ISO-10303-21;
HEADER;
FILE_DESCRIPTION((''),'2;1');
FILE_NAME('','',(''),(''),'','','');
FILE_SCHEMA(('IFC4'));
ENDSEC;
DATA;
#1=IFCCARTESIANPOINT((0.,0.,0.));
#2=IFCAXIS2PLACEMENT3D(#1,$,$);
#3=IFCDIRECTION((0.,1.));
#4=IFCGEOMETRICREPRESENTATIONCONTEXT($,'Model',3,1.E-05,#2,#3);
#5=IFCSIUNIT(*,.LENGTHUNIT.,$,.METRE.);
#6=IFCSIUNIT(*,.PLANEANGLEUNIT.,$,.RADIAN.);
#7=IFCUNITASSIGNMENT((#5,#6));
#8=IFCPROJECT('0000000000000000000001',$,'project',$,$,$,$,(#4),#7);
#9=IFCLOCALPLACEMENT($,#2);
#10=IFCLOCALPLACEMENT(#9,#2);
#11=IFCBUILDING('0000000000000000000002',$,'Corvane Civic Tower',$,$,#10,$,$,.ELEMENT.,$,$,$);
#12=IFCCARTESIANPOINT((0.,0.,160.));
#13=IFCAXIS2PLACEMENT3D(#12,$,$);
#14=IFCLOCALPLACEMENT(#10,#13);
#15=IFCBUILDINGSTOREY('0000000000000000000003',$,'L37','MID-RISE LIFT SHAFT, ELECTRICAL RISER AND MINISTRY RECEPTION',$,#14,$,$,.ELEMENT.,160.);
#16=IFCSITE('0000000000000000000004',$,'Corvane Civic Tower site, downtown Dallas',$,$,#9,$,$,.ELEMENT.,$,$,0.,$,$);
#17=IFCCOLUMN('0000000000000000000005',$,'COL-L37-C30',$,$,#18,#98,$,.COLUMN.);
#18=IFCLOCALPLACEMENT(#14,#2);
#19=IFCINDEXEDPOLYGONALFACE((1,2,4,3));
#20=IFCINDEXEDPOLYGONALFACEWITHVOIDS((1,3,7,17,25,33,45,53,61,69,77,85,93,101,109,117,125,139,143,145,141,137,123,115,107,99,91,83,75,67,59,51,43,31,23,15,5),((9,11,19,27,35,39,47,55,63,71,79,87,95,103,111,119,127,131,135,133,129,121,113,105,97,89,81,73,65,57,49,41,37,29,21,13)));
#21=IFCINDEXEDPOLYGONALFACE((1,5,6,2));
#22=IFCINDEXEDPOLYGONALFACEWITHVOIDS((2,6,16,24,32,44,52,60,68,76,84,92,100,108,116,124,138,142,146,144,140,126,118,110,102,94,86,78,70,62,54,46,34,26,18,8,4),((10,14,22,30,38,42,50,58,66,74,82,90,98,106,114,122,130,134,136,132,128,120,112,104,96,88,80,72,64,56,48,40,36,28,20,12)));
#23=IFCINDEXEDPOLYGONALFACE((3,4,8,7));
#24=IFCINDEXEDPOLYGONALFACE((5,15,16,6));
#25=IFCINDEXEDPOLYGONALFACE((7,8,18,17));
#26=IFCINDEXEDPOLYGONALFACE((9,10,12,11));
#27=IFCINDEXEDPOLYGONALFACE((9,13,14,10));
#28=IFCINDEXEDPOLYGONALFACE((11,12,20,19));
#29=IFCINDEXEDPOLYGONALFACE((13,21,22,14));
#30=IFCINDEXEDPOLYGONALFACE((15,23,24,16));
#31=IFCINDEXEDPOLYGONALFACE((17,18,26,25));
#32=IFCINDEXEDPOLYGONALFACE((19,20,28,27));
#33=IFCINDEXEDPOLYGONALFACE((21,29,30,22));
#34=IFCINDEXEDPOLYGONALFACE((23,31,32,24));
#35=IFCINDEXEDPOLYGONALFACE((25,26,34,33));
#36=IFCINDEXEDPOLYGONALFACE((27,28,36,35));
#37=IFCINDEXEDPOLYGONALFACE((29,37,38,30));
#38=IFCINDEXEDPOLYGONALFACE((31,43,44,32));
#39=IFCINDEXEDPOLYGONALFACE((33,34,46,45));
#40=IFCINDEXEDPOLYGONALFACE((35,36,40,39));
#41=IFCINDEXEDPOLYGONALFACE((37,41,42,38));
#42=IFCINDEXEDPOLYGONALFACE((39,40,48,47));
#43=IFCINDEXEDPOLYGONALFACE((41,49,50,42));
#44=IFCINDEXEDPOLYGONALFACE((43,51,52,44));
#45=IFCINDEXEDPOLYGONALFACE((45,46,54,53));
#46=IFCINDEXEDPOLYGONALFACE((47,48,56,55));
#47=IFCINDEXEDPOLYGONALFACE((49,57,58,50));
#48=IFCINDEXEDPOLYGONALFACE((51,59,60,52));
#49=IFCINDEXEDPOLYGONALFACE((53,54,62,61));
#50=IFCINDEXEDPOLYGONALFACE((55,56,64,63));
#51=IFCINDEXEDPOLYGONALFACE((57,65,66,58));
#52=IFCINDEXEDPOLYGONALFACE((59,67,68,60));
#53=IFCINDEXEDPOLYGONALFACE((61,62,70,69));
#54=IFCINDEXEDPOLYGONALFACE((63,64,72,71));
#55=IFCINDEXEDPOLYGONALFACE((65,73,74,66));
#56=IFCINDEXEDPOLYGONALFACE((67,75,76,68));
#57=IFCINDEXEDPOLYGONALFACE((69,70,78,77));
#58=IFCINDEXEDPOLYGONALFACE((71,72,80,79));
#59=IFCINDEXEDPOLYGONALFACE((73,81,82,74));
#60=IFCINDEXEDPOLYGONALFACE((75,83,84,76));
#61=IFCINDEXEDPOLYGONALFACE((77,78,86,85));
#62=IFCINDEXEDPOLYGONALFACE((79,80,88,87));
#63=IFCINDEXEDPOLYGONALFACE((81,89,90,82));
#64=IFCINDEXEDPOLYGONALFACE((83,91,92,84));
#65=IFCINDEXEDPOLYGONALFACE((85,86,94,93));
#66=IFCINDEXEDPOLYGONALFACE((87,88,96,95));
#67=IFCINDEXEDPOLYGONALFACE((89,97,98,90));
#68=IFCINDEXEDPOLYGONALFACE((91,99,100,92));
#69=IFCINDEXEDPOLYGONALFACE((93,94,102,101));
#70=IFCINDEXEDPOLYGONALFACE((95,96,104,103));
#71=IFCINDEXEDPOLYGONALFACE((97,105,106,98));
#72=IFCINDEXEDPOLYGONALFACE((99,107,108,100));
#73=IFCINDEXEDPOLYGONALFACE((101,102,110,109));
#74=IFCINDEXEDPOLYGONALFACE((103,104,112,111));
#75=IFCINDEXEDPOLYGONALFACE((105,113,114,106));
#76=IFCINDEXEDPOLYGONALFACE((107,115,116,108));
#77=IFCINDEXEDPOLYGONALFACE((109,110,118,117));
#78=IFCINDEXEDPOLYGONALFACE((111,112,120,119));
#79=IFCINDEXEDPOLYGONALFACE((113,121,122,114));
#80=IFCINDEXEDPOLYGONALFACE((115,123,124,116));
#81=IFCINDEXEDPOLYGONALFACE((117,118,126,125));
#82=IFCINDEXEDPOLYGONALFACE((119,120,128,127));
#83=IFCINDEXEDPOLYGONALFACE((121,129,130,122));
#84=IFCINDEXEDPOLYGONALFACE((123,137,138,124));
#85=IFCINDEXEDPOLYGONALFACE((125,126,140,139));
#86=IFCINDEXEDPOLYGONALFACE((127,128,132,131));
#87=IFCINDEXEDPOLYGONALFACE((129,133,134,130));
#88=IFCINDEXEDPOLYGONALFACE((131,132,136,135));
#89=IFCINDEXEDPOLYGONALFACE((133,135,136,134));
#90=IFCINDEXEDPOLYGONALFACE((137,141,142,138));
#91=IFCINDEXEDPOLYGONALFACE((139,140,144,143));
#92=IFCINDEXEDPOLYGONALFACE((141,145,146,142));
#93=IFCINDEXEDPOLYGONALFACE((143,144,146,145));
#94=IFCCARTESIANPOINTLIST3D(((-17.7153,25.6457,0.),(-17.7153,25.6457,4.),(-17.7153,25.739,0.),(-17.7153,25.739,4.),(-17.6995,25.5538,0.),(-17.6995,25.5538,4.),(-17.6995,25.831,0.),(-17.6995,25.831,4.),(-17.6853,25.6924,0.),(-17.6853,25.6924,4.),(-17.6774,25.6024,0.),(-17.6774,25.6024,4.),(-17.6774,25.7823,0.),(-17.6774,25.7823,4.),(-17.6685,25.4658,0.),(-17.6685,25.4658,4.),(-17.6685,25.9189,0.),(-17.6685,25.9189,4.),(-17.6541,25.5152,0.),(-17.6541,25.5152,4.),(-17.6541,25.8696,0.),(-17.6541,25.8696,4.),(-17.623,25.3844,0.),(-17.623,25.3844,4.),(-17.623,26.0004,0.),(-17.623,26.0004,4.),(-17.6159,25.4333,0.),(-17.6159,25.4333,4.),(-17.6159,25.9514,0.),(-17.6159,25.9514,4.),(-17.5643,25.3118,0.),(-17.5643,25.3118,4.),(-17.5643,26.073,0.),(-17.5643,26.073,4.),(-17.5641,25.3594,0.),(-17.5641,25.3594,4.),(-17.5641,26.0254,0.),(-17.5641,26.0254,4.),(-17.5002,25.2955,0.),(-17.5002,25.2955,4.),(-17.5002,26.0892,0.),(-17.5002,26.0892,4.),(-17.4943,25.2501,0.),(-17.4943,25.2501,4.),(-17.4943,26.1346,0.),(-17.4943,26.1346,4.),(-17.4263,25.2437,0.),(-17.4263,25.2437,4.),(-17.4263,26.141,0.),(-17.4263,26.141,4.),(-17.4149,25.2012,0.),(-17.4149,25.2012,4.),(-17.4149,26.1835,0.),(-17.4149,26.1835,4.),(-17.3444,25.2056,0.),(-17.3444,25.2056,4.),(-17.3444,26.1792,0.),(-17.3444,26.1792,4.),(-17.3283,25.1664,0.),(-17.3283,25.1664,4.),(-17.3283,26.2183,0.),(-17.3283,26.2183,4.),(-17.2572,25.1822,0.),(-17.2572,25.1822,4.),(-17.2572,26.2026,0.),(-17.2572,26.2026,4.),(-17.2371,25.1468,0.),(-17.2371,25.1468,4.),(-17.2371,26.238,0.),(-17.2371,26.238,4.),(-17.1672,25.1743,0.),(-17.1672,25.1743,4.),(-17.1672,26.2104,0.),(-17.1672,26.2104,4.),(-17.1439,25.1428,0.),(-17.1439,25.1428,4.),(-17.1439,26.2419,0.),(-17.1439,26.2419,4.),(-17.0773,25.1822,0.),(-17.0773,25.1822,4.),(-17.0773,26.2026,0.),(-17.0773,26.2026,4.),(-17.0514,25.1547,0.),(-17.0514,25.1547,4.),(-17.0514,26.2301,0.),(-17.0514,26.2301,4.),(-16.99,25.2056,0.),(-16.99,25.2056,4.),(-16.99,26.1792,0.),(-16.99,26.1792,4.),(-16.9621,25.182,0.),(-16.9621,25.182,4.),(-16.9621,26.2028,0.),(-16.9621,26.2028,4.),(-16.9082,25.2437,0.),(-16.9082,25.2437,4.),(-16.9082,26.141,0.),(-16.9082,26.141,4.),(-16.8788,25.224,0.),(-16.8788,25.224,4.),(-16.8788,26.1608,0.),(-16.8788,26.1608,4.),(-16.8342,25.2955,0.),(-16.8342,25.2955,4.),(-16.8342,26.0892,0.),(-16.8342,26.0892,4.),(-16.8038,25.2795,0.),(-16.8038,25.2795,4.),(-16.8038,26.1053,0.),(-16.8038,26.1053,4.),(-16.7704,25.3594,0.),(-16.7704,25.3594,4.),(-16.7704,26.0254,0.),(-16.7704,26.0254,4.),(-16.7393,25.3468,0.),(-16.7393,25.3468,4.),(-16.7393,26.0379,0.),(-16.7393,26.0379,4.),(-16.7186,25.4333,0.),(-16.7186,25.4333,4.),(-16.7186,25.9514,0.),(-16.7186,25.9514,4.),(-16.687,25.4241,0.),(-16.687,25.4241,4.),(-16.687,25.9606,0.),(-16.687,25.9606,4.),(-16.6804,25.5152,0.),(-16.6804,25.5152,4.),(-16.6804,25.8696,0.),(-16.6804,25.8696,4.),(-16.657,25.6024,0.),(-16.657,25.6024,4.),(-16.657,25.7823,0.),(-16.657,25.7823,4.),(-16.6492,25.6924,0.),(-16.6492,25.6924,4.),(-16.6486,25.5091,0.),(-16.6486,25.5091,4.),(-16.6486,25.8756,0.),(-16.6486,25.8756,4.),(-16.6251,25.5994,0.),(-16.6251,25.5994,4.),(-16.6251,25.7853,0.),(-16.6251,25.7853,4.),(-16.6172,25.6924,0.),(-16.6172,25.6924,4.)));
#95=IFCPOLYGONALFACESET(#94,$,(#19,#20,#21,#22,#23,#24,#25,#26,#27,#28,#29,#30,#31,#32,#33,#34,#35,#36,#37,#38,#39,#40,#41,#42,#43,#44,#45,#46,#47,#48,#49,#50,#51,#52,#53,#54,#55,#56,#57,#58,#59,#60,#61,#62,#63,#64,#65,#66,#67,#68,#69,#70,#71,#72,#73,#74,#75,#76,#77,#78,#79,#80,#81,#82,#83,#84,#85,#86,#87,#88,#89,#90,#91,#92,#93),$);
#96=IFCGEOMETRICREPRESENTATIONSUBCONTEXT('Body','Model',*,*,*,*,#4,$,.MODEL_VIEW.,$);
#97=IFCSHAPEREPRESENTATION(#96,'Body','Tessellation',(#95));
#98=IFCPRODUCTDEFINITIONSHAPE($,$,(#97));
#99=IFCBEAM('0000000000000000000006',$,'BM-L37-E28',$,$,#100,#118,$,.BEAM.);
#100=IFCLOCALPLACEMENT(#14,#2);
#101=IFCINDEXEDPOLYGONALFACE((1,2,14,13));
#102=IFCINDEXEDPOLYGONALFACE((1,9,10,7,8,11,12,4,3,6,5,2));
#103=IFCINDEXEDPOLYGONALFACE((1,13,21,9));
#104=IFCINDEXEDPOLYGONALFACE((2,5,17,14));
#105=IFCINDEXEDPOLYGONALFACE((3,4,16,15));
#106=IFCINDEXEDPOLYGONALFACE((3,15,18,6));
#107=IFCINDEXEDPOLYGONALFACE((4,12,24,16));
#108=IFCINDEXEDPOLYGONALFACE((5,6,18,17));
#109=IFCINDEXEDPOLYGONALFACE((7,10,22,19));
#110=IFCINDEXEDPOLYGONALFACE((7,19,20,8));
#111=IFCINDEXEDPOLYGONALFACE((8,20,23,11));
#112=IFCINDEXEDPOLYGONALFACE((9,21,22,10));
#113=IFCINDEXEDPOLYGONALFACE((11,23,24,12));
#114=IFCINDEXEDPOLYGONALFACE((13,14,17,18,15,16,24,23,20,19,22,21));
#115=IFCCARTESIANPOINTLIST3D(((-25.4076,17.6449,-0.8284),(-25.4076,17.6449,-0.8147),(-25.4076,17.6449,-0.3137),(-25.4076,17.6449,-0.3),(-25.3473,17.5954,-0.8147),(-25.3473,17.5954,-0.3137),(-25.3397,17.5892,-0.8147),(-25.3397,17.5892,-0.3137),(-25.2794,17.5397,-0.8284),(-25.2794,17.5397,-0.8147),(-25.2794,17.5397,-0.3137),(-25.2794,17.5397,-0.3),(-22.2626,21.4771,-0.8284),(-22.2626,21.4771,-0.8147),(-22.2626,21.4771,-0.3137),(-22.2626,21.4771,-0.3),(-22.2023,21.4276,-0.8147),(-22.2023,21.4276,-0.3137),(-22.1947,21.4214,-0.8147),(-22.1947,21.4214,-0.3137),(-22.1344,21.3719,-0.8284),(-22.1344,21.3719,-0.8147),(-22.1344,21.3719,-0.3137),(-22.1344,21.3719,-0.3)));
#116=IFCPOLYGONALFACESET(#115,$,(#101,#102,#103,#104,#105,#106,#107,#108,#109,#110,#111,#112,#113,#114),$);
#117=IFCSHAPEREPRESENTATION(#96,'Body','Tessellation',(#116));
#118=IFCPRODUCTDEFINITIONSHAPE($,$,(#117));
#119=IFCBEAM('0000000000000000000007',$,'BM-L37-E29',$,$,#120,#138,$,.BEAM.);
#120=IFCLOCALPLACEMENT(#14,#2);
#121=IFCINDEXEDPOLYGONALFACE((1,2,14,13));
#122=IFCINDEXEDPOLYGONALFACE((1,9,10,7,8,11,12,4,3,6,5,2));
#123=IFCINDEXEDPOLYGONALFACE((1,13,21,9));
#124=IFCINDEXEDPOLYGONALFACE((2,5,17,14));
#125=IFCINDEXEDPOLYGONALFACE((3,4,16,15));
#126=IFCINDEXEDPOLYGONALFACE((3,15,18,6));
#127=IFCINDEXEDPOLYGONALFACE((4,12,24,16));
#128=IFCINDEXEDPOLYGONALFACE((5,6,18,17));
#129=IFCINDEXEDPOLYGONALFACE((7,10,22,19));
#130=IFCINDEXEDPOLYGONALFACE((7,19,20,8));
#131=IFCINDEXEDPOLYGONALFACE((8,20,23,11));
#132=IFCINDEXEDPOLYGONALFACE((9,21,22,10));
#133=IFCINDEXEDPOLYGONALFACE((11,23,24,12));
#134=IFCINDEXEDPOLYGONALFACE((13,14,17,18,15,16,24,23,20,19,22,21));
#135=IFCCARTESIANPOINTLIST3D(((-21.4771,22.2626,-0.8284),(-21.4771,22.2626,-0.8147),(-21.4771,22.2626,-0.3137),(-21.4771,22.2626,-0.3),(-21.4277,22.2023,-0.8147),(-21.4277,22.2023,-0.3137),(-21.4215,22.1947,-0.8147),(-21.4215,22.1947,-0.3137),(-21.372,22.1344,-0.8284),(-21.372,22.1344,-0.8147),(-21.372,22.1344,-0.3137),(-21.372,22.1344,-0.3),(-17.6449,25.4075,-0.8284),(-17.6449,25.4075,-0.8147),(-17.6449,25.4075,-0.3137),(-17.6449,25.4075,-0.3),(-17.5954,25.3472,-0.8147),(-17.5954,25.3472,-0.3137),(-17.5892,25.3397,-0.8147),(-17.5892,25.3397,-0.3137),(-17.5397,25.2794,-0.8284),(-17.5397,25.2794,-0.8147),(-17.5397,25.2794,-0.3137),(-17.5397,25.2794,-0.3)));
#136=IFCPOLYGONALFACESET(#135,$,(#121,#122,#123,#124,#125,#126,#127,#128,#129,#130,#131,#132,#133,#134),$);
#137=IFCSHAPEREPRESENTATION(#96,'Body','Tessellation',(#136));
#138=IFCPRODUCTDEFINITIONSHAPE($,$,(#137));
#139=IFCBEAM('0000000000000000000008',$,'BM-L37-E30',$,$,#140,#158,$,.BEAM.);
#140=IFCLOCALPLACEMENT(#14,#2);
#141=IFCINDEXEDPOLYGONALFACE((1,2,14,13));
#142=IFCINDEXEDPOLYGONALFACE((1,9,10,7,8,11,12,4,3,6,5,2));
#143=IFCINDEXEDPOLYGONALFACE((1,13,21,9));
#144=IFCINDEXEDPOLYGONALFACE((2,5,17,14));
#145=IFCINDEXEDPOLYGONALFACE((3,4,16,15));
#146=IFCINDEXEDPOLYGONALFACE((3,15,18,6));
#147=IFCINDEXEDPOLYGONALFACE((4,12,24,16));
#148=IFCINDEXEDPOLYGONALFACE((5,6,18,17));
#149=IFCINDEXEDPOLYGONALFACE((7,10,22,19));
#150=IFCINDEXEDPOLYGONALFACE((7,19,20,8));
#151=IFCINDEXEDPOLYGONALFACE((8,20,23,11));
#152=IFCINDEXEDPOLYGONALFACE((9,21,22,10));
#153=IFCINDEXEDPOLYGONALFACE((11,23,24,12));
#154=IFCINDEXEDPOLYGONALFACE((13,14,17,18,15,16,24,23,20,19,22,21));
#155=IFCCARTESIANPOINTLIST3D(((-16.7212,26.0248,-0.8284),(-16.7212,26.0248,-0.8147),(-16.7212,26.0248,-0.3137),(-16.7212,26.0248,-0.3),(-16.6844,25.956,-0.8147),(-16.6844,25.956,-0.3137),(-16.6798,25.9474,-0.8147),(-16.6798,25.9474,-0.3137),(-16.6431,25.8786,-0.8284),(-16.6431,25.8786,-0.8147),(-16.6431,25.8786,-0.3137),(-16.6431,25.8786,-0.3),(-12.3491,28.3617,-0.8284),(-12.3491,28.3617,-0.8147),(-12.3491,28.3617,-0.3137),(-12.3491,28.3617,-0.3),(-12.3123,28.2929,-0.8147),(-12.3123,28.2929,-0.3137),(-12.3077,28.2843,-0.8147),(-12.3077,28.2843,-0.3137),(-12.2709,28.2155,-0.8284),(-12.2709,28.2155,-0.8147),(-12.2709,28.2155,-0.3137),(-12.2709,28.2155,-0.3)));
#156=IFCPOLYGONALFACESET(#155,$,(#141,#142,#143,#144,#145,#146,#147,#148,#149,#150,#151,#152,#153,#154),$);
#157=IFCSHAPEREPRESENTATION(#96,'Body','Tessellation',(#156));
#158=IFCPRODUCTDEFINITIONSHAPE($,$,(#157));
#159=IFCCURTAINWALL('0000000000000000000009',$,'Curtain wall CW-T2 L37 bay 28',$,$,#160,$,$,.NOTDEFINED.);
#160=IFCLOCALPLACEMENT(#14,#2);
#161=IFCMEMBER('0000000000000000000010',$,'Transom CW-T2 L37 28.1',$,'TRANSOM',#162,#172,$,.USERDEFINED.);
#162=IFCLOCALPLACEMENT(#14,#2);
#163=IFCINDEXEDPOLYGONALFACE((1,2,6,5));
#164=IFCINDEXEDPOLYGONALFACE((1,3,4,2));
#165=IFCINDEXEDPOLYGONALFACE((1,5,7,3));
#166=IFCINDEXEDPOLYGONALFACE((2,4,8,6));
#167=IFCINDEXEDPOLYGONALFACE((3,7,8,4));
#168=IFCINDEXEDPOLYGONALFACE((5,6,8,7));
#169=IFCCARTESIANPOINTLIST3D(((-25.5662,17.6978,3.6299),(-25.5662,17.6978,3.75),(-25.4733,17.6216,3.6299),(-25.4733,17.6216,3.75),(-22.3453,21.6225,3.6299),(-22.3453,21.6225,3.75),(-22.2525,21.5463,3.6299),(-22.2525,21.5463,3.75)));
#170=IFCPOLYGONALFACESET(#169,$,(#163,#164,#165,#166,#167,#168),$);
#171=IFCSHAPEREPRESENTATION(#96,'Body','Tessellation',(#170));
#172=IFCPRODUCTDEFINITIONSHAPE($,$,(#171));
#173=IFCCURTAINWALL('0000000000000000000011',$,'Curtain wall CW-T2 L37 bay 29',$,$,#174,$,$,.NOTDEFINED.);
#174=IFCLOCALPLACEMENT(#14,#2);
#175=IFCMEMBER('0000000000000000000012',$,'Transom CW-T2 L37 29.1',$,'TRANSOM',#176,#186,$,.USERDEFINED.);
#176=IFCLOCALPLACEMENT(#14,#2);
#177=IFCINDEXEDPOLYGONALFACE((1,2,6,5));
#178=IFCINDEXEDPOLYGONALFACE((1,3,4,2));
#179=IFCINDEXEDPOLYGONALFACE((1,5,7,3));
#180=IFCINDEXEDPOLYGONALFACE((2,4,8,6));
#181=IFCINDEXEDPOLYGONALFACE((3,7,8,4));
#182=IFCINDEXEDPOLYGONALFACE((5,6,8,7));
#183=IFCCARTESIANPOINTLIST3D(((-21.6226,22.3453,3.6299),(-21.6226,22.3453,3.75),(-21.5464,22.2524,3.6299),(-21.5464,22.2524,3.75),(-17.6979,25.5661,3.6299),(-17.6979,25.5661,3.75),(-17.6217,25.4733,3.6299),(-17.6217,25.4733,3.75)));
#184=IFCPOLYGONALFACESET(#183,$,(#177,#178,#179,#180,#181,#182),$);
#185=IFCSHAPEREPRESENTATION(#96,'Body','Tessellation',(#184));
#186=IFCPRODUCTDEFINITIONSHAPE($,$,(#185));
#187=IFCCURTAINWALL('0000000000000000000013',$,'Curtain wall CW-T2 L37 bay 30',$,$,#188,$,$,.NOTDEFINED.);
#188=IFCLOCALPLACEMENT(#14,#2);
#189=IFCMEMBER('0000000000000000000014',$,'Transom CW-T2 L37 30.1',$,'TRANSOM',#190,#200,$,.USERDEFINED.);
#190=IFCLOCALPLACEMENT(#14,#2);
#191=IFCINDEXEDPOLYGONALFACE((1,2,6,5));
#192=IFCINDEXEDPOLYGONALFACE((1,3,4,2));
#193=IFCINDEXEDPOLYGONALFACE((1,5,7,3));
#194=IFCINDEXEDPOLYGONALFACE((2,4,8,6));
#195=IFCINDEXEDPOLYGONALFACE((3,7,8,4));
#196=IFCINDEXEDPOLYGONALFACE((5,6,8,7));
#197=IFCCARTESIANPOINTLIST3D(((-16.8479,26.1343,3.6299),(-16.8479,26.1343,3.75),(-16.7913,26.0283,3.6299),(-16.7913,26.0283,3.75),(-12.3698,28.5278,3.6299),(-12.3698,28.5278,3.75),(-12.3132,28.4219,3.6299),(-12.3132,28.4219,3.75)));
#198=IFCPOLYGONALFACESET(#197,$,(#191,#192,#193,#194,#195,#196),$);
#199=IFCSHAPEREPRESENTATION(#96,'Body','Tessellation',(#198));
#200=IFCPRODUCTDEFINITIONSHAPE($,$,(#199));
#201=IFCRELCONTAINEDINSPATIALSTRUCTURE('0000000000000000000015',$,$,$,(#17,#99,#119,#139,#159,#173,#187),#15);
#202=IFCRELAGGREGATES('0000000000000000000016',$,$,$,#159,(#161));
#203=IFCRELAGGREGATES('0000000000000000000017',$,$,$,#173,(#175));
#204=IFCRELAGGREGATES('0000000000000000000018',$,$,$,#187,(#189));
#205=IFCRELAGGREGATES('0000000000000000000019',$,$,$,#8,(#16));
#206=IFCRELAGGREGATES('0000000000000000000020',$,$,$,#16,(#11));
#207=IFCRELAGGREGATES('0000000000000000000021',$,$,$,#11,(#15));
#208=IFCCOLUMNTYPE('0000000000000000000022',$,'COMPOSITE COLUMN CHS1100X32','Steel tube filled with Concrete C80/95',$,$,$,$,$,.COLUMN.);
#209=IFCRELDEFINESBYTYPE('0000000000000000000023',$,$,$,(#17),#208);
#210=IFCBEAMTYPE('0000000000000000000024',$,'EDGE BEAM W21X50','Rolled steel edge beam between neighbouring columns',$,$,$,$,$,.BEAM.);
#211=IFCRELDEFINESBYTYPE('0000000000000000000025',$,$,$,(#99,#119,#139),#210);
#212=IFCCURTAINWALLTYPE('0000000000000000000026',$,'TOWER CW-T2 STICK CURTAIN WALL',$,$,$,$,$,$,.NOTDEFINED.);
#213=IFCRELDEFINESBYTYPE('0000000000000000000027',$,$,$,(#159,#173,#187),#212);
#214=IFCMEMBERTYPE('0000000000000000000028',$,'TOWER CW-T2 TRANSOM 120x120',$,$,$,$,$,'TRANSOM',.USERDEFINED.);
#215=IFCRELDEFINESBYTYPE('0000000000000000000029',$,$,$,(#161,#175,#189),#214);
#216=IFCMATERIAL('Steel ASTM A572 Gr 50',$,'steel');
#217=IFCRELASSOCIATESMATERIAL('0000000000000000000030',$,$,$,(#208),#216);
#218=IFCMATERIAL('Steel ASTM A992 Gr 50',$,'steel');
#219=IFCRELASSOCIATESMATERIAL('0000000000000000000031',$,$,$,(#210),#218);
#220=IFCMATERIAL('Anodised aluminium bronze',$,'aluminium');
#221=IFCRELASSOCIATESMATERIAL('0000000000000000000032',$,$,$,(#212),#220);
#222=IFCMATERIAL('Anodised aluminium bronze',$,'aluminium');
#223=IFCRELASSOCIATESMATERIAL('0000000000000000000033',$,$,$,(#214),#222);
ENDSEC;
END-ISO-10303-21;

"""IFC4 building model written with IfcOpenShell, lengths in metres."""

from ifc_helpers import new_model, si_unit, direction, frame, origin, origin_2d, place, context, subcontext, project, spatial, rectangle, hollow_circle, i_section, extrude, material, material_profile, profile_set, type_object, element, aggregate, save


model = new_model("IFC4")

# Units and contexts
model_context = context("Model", 3, precision=1e-05, world=origin(), true_north=direction((0.0, 1.0)))
body_context = subcontext(model_context, "Body", "Model", "MODEL_VIEW")
ifc_project = project(units=[si_unit("LENGTHUNIT", "METRE"), si_unit("PLANEANGLEUNIT", "RADIAN")], contexts=[model_context])

# Site, building, storey
site_placement = place(None, origin())
site = spatial("IfcSite", under=ifc_project, at=site_placement, Name="Corvane Civic Tower site, downtown Dallas", CompositionType="ELEMENT", RefElevation=0.0)
building_placement = place(site_placement, origin())
building = spatial("IfcBuilding", under=site, at=building_placement, Name="Corvane Civic Tower", CompositionType="ELEMENT")
storey_placement = place(building_placement, frame((0.0, 0.0, 160.0)))
storey = spatial("IfcBuildingStorey", under=building, at=storey_placement, Name="L37", Description="MID-RISE LIFT SHAFT, ELECTRICAL RISER AND MINISTRY RECEPTION", CompositionType="ELEMENT", Elevation=160.0)

# Column
ifc_material_1 = material(Name="Steel ASTM A572 Gr 50", Category="steel")
ifc_material_profile_1 = material_profile(ifc_material_1, hollow_circle(Radius=0.55, WallThickness=0.032, at=origin_2d()), Name="CHS1100X32")
ifc_profile_set_1 = profile_set([ifc_material_profile_1], Name="Steel ASTM A572 Gr 50")
column_type = type_object("IfcColumnType", Name="COMPOSITE COLUMN CHS1100X32", Description="Steel tube filled with Concrete C80/95", PredefinedType="COLUMN", material=ifc_profile_set_1)
for number, where, z_axis, x_axis, name in (
    (1, (-17.1672, 25.6924, 0.0), (0.0, 0.0, 1.0), (1.0, 0.0, 0.0), "COL-L37-C30"),
):
    element("IfcColumn", number, at=place(storey_placement, frame(where, z_axis=z_axis, x_axis=x_axis)), inside=storey, type_object=column_type, Name=name, PredefinedType="COLUMN", context=body_context, shape_type="SweptSolid", body=[
        extrude(hollow_circle(Radius=0.55, WallThickness=0.032, at=origin_2d()), origin(), (0.0, 0.0, 1.0), 4.0),
    ])

# Beams
ifc_material_2 = material(Name="Steel ASTM A992 Gr 50", Category="steel")
ifc_material_profile_2 = material_profile(ifc_material_2, i_section(OverallWidth=0.1658, OverallDepth=0.5283, WebThickness=0.0098, FlangeThickness=0.0137, at=origin_2d()), Name="W21X50")
ifc_profile_set_2 = profile_set([ifc_material_profile_2], Name="Steel ASTM A992 Gr 50")
beam_type = type_object("IfcBeamType", Name="EDGE BEAM W21X50", Description="Rolled steel edge beam between neighbouring columns", PredefinedType="BEAM", material=ifc_profile_set_2)
for number, where, z_axis, x_axis, name in (
    (2, (-25.3435, 17.5923, -0.5642), (0.634388, 0.773015, 0.0), (-0.773015, 0.634388, 0.0), "BM-L37-E28"),
    (3, (-21.4246, 22.1985, -0.5642), (0.773015, 0.634388, 0.0), (-0.634388, 0.773015, 0.0), "BM-L37-E29"),
    (4, (-16.6821, 25.9517, -0.5642), (0.881922, 0.471396, 0.0), (-0.471396, 0.881922, 0.0), "BM-L37-E30"),
):
    element("IfcBeam", number, at=place(storey_placement, frame(where, z_axis=z_axis, x_axis=x_axis)), inside=storey, type_object=beam_type, Name=name, PredefinedType="BEAM", context=body_context, shape_type="SweptSolid", body=[
        extrude(i_section(OverallWidth=0.1658, OverallDepth=0.5283, WebThickness=0.0098, FlangeThickness=0.0137, at=origin_2d()), origin(), (0.0, 0.0, 1.0), 4.9575),
    ])

# Curtain walls, members
ifc_material_3 = material(Name="Anodised aluminium bronze", Category="aluminium")
curtain_wall_type = type_object("IfcCurtainWallType", Name="TOWER CW-T2 STICK CURTAIN WALL", PredefinedType="NOTDEFINED", material=ifc_material_3)
curtain_wall_1_placement = place(storey_placement, origin())
curtain_wall_1 = element("IfcCurtainWall", 5, at=curtain_wall_1_placement, inside=storey, type_object=curtain_wall_type, Name="Curtain wall CW-T2 L37 bay 28", PredefinedType="NOTDEFINED")
ifc_material_4 = material(Name="Anodised aluminium bronze", Category="aluminium")
ifc_material_profile_3 = material_profile(ifc_material_4, rectangle(XDim=0.1201, YDim=0.1201, at=origin_2d()), Name="TOWER CW-T2 TRANSOM 120x120")
ifc_profile_set_3 = profile_set([ifc_material_profile_3], Name="Anodised aluminium bronze")
member_type = type_object("IfcMemberType", Name="TOWER CW-T2 TRANSOM 120x120", ElementType="TRANSOM", PredefinedType="USERDEFINED", material=ifc_profile_set_3)
member_1_placement = place(storey_placement, frame((-25.5198, 17.6597, 3.6899), z_axis=(0.634387, 0.773016, 0.0), x_axis=(-0.773016, 0.634387, 0.0)))
member_1 = element("IfcMember", 6, at=member_1_placement, type_object=member_type, Name="Transom CW-T2 L37 28.1", ObjectType="TRANSOM", PredefinedType="USERDEFINED", context=body_context, shape_type="SweptSolid", body=[
    extrude(rectangle(XDim=0.1201, YDim=0.1201, at=origin_2d()), origin(), (0.0, 0.0, 1.0), 5.0771),
])
curtain_wall_2_placement = place(storey_placement, origin())
curtain_wall_2 = element("IfcCurtainWall", 7, at=curtain_wall_2_placement, inside=storey, type_object=curtain_wall_type, Name="Curtain wall CW-T2 L37 bay 29", PredefinedType="NOTDEFINED")
member_2_placement = place(storey_placement, frame((-21.5845, 22.2988, 3.6899), z_axis=(0.773016, 0.634387, 0.0), x_axis=(-0.634387, 0.773016, 0.0)))
member_2 = element("IfcMember", 8, at=member_2_placement, type_object=member_type, Name="Transom CW-T2 L37 29.1", ObjectType="TRANSOM", PredefinedType="USERDEFINED", context=body_context, shape_type="SweptSolid", body=[
    extrude(rectangle(XDim=0.1201, YDim=0.1201, at=origin_2d()), origin(), (0.0, 0.0, 1.0), 5.0771),
])
curtain_wall_3_placement = place(storey_placement, origin())
curtain_wall_3 = element("IfcCurtainWall", 9, at=curtain_wall_3_placement, inside=storey, type_object=curtain_wall_type, Name="Curtain wall CW-T2 L37 bay 30", PredefinedType="NOTDEFINED")
member_3_placement = place(storey_placement, frame((-16.8196, 26.0813, 3.6899), z_axis=(0.881921, 0.471397, 0.0), x_axis=(-0.471397, 0.881921, 0.0)))
member_3 = element("IfcMember", 10, at=member_3_placement, type_object=member_type, Name="Transom CW-T2 L37 30.1", ObjectType="TRANSOM", PredefinedType="USERDEFINED", context=body_context, shape_type="SweptSolid", body=[
    extrude(rectangle(XDim=0.1201, YDim=0.1201, at=origin_2d()), origin(), (0.0, 0.0, 1.0), 5.0776),
])

aggregate(curtain_wall_1, [member_1])
aggregate(curtain_wall_2, [member_2])
aggregate(curtain_wall_3, [member_3])

save(model, "model.ifc")
